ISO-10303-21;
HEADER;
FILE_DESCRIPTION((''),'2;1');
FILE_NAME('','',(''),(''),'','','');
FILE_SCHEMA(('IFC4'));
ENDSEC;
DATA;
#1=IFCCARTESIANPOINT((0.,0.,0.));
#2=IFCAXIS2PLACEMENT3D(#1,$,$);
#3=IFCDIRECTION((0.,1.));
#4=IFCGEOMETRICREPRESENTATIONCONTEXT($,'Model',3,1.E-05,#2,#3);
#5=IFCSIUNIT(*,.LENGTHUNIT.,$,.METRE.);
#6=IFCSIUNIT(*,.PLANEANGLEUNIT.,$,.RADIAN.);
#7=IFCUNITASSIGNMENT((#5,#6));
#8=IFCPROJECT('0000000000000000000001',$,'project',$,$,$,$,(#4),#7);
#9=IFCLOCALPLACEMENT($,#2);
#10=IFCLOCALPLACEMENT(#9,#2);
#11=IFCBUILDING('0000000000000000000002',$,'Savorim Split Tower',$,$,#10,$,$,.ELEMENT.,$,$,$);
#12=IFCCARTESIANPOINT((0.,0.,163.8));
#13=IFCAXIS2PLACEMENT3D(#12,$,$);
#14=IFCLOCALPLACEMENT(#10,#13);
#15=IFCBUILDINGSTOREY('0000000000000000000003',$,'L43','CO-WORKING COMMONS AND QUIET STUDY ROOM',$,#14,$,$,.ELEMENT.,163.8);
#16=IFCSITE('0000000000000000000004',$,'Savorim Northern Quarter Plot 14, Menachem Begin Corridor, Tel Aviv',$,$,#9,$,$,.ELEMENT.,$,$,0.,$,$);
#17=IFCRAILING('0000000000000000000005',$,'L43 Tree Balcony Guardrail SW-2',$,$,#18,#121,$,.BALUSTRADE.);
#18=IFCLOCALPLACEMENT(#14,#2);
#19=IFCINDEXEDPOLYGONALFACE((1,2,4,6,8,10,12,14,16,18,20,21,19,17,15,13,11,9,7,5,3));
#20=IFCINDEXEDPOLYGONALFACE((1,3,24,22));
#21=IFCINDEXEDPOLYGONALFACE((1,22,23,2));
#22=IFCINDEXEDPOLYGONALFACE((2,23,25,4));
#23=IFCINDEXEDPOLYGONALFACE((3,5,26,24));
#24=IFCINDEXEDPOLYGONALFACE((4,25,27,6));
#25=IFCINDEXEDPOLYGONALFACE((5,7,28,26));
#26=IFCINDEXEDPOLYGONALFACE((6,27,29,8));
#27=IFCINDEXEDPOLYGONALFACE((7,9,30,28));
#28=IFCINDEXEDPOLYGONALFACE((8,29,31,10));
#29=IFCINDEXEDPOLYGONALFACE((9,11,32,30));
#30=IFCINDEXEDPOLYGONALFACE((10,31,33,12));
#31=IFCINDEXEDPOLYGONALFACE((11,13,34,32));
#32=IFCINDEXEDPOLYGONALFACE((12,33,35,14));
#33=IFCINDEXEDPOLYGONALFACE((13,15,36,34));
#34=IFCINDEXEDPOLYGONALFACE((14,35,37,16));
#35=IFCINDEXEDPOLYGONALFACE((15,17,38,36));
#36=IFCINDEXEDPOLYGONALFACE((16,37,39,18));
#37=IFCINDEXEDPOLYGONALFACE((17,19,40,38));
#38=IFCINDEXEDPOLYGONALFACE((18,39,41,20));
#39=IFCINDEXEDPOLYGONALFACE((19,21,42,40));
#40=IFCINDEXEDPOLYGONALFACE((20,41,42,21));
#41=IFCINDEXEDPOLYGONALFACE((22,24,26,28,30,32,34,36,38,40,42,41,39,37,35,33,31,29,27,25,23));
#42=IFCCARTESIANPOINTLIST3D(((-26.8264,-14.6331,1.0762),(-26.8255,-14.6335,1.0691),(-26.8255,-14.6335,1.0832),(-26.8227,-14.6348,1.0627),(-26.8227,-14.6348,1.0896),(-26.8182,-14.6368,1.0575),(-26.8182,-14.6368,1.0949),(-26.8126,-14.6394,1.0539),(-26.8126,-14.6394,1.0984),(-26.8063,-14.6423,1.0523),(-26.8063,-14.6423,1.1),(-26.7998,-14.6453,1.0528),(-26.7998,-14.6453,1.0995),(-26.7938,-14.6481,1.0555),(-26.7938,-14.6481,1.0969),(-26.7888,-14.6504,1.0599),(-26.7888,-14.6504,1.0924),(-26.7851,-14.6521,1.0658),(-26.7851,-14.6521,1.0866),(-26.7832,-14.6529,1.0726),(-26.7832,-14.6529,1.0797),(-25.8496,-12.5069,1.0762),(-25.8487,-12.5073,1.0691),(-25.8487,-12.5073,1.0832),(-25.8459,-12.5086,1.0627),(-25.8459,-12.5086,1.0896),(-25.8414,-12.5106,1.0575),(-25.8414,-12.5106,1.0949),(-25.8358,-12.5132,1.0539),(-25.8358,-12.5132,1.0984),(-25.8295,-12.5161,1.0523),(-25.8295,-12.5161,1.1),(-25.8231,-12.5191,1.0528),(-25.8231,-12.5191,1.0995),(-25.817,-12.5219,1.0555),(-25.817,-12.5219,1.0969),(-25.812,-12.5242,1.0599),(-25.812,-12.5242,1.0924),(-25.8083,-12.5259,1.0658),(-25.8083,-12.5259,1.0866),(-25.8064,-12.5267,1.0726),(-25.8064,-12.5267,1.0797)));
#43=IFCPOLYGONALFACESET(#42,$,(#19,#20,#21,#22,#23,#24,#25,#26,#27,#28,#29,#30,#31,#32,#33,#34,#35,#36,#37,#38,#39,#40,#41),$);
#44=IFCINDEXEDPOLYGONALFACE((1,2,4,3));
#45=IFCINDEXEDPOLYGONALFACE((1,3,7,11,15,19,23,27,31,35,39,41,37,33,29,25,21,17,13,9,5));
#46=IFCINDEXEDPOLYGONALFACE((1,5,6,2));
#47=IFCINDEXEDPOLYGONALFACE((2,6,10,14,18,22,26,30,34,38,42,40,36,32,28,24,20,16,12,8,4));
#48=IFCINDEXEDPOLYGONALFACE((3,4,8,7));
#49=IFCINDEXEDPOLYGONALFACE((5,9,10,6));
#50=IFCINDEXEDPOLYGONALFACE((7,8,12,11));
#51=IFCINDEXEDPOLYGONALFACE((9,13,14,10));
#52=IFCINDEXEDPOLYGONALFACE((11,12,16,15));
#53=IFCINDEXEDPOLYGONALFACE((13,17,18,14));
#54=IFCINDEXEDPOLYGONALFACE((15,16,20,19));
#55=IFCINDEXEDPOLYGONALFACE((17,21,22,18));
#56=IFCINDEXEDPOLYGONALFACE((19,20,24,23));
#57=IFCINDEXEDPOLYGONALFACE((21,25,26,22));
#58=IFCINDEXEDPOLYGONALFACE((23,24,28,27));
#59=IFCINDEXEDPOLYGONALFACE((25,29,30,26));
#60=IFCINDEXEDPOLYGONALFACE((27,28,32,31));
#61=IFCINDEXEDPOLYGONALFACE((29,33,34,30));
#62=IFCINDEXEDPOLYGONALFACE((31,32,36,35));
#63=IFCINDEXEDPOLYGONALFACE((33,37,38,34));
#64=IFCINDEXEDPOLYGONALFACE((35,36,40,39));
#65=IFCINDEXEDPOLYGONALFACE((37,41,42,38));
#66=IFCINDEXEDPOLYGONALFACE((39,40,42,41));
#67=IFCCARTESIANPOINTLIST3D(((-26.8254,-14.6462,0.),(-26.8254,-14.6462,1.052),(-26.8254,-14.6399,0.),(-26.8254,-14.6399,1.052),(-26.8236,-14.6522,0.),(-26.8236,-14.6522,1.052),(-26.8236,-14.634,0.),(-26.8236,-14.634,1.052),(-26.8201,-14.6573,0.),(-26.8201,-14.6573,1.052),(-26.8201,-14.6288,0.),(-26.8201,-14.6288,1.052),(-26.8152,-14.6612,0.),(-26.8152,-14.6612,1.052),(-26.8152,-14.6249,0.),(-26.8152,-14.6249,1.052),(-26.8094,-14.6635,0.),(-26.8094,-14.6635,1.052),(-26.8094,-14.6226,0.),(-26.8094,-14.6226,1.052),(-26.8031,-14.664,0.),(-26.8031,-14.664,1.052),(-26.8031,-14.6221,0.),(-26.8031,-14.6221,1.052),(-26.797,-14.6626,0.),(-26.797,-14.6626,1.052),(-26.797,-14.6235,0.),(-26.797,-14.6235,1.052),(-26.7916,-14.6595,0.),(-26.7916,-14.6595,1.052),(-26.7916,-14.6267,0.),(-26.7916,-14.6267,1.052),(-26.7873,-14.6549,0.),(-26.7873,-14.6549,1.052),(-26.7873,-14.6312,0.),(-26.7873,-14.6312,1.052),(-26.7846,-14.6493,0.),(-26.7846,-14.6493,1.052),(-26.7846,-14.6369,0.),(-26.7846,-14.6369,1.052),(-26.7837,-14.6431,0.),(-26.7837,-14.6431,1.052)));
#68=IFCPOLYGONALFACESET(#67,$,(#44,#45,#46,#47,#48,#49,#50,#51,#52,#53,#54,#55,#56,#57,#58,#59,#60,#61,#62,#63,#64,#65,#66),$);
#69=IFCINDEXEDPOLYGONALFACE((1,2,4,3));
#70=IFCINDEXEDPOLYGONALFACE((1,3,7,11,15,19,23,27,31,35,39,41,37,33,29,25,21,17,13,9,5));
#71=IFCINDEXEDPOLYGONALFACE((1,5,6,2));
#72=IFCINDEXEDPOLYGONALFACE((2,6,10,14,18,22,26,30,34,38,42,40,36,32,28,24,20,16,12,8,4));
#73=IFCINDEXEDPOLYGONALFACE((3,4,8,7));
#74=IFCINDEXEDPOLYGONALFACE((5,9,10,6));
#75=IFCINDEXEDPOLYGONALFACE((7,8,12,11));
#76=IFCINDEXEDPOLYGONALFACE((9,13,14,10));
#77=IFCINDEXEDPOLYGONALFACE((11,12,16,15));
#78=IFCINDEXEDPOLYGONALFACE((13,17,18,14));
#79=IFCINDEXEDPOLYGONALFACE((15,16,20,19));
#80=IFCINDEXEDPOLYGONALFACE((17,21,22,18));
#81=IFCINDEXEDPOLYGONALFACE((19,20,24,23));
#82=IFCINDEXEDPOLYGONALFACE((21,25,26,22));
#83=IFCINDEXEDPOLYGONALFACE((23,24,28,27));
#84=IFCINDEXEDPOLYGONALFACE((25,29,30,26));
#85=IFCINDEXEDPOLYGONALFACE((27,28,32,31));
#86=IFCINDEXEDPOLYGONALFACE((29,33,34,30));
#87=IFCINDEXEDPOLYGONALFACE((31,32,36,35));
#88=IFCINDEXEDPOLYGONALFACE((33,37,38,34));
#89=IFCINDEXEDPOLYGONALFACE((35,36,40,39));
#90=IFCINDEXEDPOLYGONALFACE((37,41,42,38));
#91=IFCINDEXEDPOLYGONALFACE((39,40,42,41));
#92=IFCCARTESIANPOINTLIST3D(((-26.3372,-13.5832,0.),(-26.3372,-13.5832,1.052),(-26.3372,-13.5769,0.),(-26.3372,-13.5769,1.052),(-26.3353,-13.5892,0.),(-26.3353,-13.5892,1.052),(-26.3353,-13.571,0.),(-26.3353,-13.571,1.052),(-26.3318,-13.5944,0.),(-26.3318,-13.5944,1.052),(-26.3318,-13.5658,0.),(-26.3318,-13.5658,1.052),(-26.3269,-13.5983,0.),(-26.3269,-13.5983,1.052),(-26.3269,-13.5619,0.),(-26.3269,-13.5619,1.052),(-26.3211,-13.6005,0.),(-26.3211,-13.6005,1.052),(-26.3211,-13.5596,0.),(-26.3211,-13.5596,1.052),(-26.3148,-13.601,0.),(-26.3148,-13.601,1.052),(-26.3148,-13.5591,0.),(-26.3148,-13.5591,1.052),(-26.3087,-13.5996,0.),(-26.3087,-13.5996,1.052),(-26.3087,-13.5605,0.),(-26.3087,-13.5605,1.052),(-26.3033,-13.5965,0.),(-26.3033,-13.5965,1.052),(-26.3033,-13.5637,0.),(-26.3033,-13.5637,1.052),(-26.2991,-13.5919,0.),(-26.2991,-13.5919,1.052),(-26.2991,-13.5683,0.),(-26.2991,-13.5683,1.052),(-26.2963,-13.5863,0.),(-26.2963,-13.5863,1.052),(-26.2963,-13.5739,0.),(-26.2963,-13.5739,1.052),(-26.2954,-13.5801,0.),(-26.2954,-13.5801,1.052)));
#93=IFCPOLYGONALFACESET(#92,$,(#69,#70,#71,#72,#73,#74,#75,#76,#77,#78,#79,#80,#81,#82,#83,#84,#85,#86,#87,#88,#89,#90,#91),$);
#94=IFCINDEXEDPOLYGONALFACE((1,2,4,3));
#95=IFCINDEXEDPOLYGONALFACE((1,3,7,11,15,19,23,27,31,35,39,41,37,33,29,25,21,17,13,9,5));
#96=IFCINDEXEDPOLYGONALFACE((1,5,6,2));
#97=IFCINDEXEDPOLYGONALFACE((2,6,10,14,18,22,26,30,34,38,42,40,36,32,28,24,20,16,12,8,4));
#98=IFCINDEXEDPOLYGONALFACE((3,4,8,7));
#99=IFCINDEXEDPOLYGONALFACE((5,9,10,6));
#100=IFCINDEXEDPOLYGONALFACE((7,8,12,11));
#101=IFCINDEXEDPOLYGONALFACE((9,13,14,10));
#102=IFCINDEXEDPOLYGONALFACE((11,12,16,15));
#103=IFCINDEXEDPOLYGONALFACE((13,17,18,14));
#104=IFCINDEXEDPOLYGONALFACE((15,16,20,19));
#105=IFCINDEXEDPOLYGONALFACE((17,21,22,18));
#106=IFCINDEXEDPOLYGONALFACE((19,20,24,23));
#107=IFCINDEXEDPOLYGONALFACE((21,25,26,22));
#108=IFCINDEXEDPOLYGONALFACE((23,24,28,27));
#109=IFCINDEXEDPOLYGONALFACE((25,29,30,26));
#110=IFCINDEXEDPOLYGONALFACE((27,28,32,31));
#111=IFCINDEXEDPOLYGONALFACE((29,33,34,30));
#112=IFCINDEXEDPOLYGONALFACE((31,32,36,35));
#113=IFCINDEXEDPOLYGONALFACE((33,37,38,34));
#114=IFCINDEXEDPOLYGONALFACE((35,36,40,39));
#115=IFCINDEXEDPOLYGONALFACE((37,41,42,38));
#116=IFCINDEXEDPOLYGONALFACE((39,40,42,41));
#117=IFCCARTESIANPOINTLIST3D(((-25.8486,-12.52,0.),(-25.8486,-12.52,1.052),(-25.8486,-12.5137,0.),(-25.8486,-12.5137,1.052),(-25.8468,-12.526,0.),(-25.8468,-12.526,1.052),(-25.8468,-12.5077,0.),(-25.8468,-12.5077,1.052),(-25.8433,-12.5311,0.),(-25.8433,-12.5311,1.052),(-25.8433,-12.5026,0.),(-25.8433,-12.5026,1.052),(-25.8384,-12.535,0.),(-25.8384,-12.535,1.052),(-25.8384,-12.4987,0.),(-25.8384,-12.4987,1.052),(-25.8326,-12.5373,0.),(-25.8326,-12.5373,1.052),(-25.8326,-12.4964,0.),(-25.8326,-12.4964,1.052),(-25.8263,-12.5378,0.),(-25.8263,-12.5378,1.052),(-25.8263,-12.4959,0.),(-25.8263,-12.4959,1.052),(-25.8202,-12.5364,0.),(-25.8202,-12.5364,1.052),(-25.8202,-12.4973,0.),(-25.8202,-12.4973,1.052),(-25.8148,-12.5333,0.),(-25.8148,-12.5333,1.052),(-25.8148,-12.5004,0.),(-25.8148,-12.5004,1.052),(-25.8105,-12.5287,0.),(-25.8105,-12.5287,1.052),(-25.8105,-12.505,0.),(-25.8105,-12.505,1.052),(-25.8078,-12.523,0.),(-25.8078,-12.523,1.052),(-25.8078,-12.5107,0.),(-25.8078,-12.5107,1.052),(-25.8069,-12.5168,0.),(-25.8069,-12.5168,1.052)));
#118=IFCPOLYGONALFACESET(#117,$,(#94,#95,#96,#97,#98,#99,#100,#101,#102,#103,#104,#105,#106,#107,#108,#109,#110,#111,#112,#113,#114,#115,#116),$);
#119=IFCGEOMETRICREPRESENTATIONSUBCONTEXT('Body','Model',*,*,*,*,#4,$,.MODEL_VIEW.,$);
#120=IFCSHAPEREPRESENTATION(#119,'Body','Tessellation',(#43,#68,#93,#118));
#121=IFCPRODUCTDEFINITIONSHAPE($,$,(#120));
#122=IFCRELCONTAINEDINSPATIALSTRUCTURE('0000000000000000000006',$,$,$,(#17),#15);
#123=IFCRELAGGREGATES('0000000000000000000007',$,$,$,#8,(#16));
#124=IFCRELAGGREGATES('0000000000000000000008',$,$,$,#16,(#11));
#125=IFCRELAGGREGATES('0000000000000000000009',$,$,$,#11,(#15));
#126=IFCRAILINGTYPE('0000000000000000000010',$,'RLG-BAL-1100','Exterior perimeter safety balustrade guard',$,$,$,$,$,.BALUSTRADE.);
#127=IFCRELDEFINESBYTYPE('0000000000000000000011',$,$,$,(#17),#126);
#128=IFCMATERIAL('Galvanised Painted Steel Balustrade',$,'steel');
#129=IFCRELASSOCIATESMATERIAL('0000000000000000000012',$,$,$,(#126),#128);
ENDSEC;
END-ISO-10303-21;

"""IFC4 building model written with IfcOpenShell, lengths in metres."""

from ifc_helpers import new_model, si_unit, direction, frame, origin, origin_2d, place, context, subcontext, project, spatial, circle, extrude, material, type_object, element, save


model = new_model("IFC4")

# Units and contexts
model_context = context("Model", 3, precision=1e-05, world=origin(), true_north=direction((0.0, 1.0)))
body_context = subcontext(model_context, "Body", "Model", "MODEL_VIEW")
ifc_project = project(units=[si_unit("LENGTHUNIT", "METRE"), si_unit("PLANEANGLEUNIT", "RADIAN")], contexts=[model_context])

# Site, building, storey
site_placement = place(None, origin())
site = spatial("IfcSite", under=ifc_project, at=site_placement, Name="Savorim Northern Quarter Plot 14, Menachem Begin Corridor, Tel Aviv", CompositionType="ELEMENT", RefElevation=0.0)
building_placement = place(site_placement, origin())
building = spatial("IfcBuilding", under=site, at=building_placement, Name="Savorim Split Tower", CompositionType="ELEMENT")
storey_placement = place(building_placement, frame((0.0, 0.0, 163.8)))
storey = spatial("IfcBuildingStorey", under=building, at=storey_placement, Name="L43", Description="CO-WORKING COMMONS AND QUIET STUDY ROOM", CompositionType="ELEMENT", Elevation=163.8)

# Railing
ifc_material_1 = material(Name="Galvanised Painted Steel Balustrade", Category="steel")
railing_type = type_object("IfcRailingType", Name="RLG-BAL-1100", Description="Exterior perimeter safety balustrade guard", PredefinedType="BALUSTRADE", material=ifc_material_1)
railing_1_placement = place(storey_placement, frame((-26.8047, -14.6431, 0.0)))
element("IfcRailing", 1, at=railing_1_placement, inside=storey, type_object=railing_type, Name="L43 Tree Balcony Guardrail SW-2", PredefinedType="BALUSTRADE", context=body_context, shape_type="SweptSolid", body=[
    extrude(circle(Radius=0.0239, at=origin_2d()), frame((0.0, 0.0, 1.0762), z_axis=(0.417463, 0.908694, 0.0), x_axis=(-0.908694, 0.417463, 0.0)), (0.0, 0.0, 1.0), 2.3398),
    extrude(circle(Radius=0.021, at=origin_2d()), origin(), (0.0, 0.0, 1.0), 1.052),
    extrude(circle(Radius=0.021, at=origin_2d()), frame((0.4883, 1.063, 0.0)), (0.0, 0.0, 1.0), 1.052),
    extrude(circle(Radius=0.021, at=origin_2d()), frame((0.9768, 2.1262, 0.0)), (0.0, 0.0, 1.0), 1.052),
])

save(model, "model.ifc")
